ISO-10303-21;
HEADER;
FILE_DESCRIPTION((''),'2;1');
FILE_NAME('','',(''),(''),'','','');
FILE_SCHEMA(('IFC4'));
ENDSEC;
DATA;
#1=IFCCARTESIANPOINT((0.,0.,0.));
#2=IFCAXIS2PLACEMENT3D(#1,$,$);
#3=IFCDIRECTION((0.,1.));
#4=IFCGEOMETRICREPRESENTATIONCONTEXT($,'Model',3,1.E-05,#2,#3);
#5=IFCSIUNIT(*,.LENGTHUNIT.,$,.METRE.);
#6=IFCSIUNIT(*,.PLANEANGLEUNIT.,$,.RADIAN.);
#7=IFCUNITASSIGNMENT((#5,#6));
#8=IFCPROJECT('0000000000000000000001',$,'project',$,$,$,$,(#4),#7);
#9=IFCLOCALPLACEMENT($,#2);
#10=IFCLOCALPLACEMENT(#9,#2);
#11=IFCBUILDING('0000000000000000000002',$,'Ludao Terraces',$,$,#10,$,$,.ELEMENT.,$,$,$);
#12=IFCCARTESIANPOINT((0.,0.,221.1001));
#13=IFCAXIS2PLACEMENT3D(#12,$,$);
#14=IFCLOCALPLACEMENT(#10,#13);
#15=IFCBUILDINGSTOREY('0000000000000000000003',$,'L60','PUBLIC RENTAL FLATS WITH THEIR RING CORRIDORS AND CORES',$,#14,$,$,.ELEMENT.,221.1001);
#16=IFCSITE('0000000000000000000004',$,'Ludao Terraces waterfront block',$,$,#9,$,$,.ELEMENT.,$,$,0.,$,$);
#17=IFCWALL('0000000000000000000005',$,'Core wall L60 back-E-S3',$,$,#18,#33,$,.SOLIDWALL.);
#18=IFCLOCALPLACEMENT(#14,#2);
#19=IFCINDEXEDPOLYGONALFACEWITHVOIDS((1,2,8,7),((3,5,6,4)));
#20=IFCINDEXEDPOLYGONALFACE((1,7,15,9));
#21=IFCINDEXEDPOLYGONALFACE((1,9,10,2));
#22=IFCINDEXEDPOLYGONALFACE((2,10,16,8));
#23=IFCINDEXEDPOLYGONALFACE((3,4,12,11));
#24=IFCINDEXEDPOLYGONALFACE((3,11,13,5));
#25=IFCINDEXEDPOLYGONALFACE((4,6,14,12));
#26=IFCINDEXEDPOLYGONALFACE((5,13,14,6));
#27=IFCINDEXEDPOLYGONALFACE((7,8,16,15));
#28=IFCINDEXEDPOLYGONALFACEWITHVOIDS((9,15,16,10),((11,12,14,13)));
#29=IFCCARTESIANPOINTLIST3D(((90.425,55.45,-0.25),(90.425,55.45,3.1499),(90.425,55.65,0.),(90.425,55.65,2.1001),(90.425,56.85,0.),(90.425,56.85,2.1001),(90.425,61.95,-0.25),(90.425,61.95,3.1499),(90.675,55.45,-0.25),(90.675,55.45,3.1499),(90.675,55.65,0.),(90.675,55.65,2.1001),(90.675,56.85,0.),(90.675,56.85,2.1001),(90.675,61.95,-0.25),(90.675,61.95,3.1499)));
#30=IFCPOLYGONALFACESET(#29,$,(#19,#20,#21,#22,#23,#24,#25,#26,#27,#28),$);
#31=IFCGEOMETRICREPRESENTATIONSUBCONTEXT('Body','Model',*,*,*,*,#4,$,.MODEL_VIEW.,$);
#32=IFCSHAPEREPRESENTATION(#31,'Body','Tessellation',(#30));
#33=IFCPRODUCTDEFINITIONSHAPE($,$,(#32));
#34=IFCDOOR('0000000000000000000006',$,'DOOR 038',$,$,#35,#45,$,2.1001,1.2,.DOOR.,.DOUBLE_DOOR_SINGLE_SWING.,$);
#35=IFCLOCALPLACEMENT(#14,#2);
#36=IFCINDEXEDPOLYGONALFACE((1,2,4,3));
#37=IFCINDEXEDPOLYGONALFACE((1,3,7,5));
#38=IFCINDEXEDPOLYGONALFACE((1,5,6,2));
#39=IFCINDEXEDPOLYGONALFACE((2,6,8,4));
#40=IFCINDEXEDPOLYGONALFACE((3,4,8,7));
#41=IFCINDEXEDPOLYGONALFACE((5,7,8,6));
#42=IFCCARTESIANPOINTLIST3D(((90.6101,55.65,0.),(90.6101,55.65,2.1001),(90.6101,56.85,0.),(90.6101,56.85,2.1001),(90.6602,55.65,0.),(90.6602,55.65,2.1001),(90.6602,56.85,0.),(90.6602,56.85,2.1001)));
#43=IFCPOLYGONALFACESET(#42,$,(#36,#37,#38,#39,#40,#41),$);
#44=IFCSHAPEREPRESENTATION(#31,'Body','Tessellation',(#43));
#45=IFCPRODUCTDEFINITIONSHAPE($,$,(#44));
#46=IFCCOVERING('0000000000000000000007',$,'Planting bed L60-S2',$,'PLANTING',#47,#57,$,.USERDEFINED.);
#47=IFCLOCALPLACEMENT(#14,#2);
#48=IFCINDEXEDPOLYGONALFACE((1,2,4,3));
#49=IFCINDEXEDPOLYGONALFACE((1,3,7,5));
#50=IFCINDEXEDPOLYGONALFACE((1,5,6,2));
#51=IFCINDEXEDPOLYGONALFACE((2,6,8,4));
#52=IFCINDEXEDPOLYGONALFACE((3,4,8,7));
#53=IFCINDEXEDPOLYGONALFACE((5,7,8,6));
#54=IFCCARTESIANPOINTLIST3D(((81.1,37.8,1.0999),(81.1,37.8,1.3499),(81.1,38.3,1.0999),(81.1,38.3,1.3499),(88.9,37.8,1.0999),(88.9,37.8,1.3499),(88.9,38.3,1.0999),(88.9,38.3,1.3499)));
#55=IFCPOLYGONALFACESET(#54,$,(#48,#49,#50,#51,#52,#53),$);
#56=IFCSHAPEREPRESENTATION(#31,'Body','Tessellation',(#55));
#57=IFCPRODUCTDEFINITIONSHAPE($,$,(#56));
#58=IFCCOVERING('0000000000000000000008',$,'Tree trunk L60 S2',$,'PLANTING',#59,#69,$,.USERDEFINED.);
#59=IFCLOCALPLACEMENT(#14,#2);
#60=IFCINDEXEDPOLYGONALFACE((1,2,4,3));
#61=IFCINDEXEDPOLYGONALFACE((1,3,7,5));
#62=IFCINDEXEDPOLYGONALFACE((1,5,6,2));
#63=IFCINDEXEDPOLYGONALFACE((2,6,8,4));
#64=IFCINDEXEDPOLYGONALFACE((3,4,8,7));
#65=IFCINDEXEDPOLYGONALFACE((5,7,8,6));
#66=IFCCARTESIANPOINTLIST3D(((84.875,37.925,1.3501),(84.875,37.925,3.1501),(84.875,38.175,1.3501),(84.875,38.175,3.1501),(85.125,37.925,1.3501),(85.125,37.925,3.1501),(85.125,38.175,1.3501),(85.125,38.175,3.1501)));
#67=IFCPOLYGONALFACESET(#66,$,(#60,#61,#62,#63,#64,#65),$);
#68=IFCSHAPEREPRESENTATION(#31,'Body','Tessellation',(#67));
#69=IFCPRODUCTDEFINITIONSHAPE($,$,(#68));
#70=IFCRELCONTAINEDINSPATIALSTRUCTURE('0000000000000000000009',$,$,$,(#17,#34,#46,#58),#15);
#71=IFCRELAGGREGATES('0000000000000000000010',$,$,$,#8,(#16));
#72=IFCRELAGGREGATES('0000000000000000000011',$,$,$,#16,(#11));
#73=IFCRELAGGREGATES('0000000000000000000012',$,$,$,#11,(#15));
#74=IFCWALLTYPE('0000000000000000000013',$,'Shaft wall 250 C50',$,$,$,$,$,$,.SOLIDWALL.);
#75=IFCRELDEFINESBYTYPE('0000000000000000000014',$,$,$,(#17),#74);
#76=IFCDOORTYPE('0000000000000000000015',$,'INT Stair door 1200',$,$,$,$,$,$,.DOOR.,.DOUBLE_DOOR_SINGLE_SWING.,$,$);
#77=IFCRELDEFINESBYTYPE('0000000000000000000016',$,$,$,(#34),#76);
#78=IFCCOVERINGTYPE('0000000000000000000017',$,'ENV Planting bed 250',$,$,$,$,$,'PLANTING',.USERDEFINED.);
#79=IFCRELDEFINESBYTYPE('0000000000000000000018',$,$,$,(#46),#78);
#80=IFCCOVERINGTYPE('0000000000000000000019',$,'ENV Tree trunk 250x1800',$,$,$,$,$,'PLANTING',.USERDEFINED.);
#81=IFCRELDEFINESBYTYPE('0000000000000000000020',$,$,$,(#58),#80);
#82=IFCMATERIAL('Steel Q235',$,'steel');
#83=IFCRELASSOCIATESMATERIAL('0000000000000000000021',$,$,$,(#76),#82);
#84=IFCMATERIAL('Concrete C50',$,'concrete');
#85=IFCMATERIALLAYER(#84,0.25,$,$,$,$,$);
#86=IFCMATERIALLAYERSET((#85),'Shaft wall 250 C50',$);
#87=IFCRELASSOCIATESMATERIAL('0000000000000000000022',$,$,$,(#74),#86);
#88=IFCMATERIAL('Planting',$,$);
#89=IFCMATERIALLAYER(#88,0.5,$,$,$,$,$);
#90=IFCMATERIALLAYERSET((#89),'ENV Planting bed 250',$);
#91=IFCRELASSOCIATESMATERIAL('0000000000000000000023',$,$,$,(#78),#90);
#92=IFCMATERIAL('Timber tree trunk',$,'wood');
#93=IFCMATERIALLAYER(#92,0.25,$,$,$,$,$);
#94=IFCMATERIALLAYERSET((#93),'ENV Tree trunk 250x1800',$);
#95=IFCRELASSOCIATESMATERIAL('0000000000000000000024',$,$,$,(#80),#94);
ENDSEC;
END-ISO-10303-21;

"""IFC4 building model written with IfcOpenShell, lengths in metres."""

from ifc_helpers import new_model, si_unit, direction, frame, frame_2d, origin, origin_2d, place, context, subcontext, project, spatial, rectangle, extrude, material, layer, layer_set, type_object, element, fill, save


model = new_model("IFC4")

# Units and contexts
model_context = context("Model", 3, precision=1e-05, world=origin(), true_north=direction((0.0, 1.0)))
body_context = subcontext(model_context, "Body", "Model", "MODEL_VIEW")
ifc_project = project(units=[si_unit("LENGTHUNIT", "METRE"), si_unit("PLANEANGLEUNIT", "RADIAN")], contexts=[model_context])

# Site, building, storey
site_placement = place(None, origin())
site = spatial("IfcSite", under=ifc_project, at=site_placement, Name="Ludao Terraces waterfront block", CompositionType="ELEMENT", RefElevation=0.0)
building_placement = place(site_placement, origin())
building = spatial("IfcBuilding", under=site, at=building_placement, Name="Ludao Terraces", CompositionType="ELEMENT")
storey_placement = place(building_placement, frame((0.0, 0.0, 221.1001)))
storey = spatial("IfcBuildingStorey", under=building, at=storey_placement, Name="L60", Description="PUBLIC RENTAL FLATS WITH THEIR RING CORRIDORS AND CORES", CompositionType="ELEMENT", Elevation=221.1001)

# Shared definitions
ifc_material_1 = material(Name="Concrete C50", Category="concrete")

# Shared definitions
ifc_material_2 = material(Name="Steel Q235", Category="steel")
door_type_1 = type_object("IfcDoorType", Name="INT Stair door 1200", OperationType="DOUBLE_DOOR_SINGLE_SWING", PredefinedType="DOOR", material=ifc_material_2)

# Wall, opening, door
ifc_layer_1 = layer(ifc_material_1, 0.25)
ifc_layer_set_1 = layer_set([ifc_layer_1], Name="Shaft wall 250 C50")
wall_type_1 = type_object("IfcWallType", Name="Shaft wall 250 C50", PredefinedType="SOLIDWALL", material=ifc_layer_set_1)
wall_1_placement = place(storey_placement, frame((90.55, 55.45, -0.25), z_axis=(0.0, 0.0, 1.0), x_axis=(0.0, 1.0, 0.0)))
wall_1 = element("IfcWall", 1, at=wall_1_placement, inside=storey, type_object=wall_type_1, Name="Core wall L60 back-E-S3", PredefinedType="SOLIDWALL", context=body_context, shape_type="SweptSolid", body=[
    extrude(rectangle(XDim=6.5, YDim=0.25, at=frame_2d((3.25, 0.0))), origin(), (0.0, 0.0, 1.0), 3.3999),
])
opening_1_placement = place(wall_1_placement, frame((0.2, 0.0, 0.25)))
opening_1 = element("IfcOpeningElement", 2, at=opening_1_placement, cuts=wall_1, PredefinedType="OPENING", context=body_context, shape_type="SweptSolid", body=[
    extrude(rectangle(XDim=1.2, YDim=2.1001, at=frame_2d((0.6001, 1.05))), frame((0.0, 0.135, 0.0), z_axis=(0.0, -1.0, 0.0), x_axis=(1.0, 0.0, 0.0)), (0.0, 0.0, 1.0), 0.27),
])
door_1_placement = place(opening_1_placement, origin())
door_1 = element("IfcDoor", 3, at=door_1_placement, inside=storey, type_object=door_type_1, Name="DOOR 038", OperationType="DOUBLE_DOOR_SINGLE_SWING", OverallHeight=2.1001, OverallWidth=1.2, PredefinedType="DOOR", context=body_context, shape_type="SweptSolid", body=[
    extrude(rectangle(XDim=1.2, YDim=2.1001, at=frame_2d((0.6001, 1.05))), frame((0.0, -0.0601, 0.0), z_axis=(0.0, -1.0, 0.0), x_axis=(1.0, 0.0, 0.0)), (0.0, 0.0, 1.0), 0.05),
])
fill(opening_1, door_1)

# Coverings
ifc_material_3 = material(Name="Planting")
ifc_layer_2 = layer(ifc_material_3, 0.5)
ifc_layer_set_2 = layer_set([ifc_layer_2], Name="ENV Planting bed 250")
covering_type_1 = type_object("IfcCoveringType", Name="ENV Planting bed 250", ElementType="PLANTING", PredefinedType="USERDEFINED", material=ifc_layer_set_2)
covering_1_placement = place(storey_placement, frame((85.0, 38.05, 1.0999), z_axis=(0.0, 0.0, 1.0), x_axis=(1.0, 0.0, 0.0)))
element("IfcCovering", 4, at=covering_1_placement, inside=storey, type_object=covering_type_1, Name="Planting bed L60-S2", ObjectType="PLANTING", PredefinedType="USERDEFINED", context=body_context, shape_type="SweptSolid", body=[
    extrude(rectangle(XDim=7.8, YDim=0.5, at=origin_2d()), origin(), (0.0, 0.0, 1.0), 0.25),
])
ifc_material_4 = material(Name="Timber tree trunk", Category="wood")
ifc_layer_3 = layer(ifc_material_4, 0.25)
ifc_layer_set_3 = layer_set([ifc_layer_3], Name="ENV Tree trunk 250x1800")
covering_type_2 = type_object("IfcCoveringType", Name="ENV Tree trunk 250x1800", ElementType="PLANTING", PredefinedType="USERDEFINED", material=ifc_layer_set_3)
covering_2_placement = place(storey_placement, frame((85.0, 38.05, 1.3501), z_axis=(0.0, 0.0, 1.0), x_axis=(1.0, 0.0, 0.0)))
element("IfcCovering", 5, at=covering_2_placement, inside=storey, type_object=covering_type_2, Name="Tree trunk L60 S2", ObjectType="PLANTING", PredefinedType="USERDEFINED", context=body_context, shape_type="SweptSolid", body=[
    extrude(rectangle(XDim=0.25, YDim=0.25, at=origin_2d()), origin(), (0.0, 0.0, 1.0), 1.8),
])

save(model, "model.ifc")
